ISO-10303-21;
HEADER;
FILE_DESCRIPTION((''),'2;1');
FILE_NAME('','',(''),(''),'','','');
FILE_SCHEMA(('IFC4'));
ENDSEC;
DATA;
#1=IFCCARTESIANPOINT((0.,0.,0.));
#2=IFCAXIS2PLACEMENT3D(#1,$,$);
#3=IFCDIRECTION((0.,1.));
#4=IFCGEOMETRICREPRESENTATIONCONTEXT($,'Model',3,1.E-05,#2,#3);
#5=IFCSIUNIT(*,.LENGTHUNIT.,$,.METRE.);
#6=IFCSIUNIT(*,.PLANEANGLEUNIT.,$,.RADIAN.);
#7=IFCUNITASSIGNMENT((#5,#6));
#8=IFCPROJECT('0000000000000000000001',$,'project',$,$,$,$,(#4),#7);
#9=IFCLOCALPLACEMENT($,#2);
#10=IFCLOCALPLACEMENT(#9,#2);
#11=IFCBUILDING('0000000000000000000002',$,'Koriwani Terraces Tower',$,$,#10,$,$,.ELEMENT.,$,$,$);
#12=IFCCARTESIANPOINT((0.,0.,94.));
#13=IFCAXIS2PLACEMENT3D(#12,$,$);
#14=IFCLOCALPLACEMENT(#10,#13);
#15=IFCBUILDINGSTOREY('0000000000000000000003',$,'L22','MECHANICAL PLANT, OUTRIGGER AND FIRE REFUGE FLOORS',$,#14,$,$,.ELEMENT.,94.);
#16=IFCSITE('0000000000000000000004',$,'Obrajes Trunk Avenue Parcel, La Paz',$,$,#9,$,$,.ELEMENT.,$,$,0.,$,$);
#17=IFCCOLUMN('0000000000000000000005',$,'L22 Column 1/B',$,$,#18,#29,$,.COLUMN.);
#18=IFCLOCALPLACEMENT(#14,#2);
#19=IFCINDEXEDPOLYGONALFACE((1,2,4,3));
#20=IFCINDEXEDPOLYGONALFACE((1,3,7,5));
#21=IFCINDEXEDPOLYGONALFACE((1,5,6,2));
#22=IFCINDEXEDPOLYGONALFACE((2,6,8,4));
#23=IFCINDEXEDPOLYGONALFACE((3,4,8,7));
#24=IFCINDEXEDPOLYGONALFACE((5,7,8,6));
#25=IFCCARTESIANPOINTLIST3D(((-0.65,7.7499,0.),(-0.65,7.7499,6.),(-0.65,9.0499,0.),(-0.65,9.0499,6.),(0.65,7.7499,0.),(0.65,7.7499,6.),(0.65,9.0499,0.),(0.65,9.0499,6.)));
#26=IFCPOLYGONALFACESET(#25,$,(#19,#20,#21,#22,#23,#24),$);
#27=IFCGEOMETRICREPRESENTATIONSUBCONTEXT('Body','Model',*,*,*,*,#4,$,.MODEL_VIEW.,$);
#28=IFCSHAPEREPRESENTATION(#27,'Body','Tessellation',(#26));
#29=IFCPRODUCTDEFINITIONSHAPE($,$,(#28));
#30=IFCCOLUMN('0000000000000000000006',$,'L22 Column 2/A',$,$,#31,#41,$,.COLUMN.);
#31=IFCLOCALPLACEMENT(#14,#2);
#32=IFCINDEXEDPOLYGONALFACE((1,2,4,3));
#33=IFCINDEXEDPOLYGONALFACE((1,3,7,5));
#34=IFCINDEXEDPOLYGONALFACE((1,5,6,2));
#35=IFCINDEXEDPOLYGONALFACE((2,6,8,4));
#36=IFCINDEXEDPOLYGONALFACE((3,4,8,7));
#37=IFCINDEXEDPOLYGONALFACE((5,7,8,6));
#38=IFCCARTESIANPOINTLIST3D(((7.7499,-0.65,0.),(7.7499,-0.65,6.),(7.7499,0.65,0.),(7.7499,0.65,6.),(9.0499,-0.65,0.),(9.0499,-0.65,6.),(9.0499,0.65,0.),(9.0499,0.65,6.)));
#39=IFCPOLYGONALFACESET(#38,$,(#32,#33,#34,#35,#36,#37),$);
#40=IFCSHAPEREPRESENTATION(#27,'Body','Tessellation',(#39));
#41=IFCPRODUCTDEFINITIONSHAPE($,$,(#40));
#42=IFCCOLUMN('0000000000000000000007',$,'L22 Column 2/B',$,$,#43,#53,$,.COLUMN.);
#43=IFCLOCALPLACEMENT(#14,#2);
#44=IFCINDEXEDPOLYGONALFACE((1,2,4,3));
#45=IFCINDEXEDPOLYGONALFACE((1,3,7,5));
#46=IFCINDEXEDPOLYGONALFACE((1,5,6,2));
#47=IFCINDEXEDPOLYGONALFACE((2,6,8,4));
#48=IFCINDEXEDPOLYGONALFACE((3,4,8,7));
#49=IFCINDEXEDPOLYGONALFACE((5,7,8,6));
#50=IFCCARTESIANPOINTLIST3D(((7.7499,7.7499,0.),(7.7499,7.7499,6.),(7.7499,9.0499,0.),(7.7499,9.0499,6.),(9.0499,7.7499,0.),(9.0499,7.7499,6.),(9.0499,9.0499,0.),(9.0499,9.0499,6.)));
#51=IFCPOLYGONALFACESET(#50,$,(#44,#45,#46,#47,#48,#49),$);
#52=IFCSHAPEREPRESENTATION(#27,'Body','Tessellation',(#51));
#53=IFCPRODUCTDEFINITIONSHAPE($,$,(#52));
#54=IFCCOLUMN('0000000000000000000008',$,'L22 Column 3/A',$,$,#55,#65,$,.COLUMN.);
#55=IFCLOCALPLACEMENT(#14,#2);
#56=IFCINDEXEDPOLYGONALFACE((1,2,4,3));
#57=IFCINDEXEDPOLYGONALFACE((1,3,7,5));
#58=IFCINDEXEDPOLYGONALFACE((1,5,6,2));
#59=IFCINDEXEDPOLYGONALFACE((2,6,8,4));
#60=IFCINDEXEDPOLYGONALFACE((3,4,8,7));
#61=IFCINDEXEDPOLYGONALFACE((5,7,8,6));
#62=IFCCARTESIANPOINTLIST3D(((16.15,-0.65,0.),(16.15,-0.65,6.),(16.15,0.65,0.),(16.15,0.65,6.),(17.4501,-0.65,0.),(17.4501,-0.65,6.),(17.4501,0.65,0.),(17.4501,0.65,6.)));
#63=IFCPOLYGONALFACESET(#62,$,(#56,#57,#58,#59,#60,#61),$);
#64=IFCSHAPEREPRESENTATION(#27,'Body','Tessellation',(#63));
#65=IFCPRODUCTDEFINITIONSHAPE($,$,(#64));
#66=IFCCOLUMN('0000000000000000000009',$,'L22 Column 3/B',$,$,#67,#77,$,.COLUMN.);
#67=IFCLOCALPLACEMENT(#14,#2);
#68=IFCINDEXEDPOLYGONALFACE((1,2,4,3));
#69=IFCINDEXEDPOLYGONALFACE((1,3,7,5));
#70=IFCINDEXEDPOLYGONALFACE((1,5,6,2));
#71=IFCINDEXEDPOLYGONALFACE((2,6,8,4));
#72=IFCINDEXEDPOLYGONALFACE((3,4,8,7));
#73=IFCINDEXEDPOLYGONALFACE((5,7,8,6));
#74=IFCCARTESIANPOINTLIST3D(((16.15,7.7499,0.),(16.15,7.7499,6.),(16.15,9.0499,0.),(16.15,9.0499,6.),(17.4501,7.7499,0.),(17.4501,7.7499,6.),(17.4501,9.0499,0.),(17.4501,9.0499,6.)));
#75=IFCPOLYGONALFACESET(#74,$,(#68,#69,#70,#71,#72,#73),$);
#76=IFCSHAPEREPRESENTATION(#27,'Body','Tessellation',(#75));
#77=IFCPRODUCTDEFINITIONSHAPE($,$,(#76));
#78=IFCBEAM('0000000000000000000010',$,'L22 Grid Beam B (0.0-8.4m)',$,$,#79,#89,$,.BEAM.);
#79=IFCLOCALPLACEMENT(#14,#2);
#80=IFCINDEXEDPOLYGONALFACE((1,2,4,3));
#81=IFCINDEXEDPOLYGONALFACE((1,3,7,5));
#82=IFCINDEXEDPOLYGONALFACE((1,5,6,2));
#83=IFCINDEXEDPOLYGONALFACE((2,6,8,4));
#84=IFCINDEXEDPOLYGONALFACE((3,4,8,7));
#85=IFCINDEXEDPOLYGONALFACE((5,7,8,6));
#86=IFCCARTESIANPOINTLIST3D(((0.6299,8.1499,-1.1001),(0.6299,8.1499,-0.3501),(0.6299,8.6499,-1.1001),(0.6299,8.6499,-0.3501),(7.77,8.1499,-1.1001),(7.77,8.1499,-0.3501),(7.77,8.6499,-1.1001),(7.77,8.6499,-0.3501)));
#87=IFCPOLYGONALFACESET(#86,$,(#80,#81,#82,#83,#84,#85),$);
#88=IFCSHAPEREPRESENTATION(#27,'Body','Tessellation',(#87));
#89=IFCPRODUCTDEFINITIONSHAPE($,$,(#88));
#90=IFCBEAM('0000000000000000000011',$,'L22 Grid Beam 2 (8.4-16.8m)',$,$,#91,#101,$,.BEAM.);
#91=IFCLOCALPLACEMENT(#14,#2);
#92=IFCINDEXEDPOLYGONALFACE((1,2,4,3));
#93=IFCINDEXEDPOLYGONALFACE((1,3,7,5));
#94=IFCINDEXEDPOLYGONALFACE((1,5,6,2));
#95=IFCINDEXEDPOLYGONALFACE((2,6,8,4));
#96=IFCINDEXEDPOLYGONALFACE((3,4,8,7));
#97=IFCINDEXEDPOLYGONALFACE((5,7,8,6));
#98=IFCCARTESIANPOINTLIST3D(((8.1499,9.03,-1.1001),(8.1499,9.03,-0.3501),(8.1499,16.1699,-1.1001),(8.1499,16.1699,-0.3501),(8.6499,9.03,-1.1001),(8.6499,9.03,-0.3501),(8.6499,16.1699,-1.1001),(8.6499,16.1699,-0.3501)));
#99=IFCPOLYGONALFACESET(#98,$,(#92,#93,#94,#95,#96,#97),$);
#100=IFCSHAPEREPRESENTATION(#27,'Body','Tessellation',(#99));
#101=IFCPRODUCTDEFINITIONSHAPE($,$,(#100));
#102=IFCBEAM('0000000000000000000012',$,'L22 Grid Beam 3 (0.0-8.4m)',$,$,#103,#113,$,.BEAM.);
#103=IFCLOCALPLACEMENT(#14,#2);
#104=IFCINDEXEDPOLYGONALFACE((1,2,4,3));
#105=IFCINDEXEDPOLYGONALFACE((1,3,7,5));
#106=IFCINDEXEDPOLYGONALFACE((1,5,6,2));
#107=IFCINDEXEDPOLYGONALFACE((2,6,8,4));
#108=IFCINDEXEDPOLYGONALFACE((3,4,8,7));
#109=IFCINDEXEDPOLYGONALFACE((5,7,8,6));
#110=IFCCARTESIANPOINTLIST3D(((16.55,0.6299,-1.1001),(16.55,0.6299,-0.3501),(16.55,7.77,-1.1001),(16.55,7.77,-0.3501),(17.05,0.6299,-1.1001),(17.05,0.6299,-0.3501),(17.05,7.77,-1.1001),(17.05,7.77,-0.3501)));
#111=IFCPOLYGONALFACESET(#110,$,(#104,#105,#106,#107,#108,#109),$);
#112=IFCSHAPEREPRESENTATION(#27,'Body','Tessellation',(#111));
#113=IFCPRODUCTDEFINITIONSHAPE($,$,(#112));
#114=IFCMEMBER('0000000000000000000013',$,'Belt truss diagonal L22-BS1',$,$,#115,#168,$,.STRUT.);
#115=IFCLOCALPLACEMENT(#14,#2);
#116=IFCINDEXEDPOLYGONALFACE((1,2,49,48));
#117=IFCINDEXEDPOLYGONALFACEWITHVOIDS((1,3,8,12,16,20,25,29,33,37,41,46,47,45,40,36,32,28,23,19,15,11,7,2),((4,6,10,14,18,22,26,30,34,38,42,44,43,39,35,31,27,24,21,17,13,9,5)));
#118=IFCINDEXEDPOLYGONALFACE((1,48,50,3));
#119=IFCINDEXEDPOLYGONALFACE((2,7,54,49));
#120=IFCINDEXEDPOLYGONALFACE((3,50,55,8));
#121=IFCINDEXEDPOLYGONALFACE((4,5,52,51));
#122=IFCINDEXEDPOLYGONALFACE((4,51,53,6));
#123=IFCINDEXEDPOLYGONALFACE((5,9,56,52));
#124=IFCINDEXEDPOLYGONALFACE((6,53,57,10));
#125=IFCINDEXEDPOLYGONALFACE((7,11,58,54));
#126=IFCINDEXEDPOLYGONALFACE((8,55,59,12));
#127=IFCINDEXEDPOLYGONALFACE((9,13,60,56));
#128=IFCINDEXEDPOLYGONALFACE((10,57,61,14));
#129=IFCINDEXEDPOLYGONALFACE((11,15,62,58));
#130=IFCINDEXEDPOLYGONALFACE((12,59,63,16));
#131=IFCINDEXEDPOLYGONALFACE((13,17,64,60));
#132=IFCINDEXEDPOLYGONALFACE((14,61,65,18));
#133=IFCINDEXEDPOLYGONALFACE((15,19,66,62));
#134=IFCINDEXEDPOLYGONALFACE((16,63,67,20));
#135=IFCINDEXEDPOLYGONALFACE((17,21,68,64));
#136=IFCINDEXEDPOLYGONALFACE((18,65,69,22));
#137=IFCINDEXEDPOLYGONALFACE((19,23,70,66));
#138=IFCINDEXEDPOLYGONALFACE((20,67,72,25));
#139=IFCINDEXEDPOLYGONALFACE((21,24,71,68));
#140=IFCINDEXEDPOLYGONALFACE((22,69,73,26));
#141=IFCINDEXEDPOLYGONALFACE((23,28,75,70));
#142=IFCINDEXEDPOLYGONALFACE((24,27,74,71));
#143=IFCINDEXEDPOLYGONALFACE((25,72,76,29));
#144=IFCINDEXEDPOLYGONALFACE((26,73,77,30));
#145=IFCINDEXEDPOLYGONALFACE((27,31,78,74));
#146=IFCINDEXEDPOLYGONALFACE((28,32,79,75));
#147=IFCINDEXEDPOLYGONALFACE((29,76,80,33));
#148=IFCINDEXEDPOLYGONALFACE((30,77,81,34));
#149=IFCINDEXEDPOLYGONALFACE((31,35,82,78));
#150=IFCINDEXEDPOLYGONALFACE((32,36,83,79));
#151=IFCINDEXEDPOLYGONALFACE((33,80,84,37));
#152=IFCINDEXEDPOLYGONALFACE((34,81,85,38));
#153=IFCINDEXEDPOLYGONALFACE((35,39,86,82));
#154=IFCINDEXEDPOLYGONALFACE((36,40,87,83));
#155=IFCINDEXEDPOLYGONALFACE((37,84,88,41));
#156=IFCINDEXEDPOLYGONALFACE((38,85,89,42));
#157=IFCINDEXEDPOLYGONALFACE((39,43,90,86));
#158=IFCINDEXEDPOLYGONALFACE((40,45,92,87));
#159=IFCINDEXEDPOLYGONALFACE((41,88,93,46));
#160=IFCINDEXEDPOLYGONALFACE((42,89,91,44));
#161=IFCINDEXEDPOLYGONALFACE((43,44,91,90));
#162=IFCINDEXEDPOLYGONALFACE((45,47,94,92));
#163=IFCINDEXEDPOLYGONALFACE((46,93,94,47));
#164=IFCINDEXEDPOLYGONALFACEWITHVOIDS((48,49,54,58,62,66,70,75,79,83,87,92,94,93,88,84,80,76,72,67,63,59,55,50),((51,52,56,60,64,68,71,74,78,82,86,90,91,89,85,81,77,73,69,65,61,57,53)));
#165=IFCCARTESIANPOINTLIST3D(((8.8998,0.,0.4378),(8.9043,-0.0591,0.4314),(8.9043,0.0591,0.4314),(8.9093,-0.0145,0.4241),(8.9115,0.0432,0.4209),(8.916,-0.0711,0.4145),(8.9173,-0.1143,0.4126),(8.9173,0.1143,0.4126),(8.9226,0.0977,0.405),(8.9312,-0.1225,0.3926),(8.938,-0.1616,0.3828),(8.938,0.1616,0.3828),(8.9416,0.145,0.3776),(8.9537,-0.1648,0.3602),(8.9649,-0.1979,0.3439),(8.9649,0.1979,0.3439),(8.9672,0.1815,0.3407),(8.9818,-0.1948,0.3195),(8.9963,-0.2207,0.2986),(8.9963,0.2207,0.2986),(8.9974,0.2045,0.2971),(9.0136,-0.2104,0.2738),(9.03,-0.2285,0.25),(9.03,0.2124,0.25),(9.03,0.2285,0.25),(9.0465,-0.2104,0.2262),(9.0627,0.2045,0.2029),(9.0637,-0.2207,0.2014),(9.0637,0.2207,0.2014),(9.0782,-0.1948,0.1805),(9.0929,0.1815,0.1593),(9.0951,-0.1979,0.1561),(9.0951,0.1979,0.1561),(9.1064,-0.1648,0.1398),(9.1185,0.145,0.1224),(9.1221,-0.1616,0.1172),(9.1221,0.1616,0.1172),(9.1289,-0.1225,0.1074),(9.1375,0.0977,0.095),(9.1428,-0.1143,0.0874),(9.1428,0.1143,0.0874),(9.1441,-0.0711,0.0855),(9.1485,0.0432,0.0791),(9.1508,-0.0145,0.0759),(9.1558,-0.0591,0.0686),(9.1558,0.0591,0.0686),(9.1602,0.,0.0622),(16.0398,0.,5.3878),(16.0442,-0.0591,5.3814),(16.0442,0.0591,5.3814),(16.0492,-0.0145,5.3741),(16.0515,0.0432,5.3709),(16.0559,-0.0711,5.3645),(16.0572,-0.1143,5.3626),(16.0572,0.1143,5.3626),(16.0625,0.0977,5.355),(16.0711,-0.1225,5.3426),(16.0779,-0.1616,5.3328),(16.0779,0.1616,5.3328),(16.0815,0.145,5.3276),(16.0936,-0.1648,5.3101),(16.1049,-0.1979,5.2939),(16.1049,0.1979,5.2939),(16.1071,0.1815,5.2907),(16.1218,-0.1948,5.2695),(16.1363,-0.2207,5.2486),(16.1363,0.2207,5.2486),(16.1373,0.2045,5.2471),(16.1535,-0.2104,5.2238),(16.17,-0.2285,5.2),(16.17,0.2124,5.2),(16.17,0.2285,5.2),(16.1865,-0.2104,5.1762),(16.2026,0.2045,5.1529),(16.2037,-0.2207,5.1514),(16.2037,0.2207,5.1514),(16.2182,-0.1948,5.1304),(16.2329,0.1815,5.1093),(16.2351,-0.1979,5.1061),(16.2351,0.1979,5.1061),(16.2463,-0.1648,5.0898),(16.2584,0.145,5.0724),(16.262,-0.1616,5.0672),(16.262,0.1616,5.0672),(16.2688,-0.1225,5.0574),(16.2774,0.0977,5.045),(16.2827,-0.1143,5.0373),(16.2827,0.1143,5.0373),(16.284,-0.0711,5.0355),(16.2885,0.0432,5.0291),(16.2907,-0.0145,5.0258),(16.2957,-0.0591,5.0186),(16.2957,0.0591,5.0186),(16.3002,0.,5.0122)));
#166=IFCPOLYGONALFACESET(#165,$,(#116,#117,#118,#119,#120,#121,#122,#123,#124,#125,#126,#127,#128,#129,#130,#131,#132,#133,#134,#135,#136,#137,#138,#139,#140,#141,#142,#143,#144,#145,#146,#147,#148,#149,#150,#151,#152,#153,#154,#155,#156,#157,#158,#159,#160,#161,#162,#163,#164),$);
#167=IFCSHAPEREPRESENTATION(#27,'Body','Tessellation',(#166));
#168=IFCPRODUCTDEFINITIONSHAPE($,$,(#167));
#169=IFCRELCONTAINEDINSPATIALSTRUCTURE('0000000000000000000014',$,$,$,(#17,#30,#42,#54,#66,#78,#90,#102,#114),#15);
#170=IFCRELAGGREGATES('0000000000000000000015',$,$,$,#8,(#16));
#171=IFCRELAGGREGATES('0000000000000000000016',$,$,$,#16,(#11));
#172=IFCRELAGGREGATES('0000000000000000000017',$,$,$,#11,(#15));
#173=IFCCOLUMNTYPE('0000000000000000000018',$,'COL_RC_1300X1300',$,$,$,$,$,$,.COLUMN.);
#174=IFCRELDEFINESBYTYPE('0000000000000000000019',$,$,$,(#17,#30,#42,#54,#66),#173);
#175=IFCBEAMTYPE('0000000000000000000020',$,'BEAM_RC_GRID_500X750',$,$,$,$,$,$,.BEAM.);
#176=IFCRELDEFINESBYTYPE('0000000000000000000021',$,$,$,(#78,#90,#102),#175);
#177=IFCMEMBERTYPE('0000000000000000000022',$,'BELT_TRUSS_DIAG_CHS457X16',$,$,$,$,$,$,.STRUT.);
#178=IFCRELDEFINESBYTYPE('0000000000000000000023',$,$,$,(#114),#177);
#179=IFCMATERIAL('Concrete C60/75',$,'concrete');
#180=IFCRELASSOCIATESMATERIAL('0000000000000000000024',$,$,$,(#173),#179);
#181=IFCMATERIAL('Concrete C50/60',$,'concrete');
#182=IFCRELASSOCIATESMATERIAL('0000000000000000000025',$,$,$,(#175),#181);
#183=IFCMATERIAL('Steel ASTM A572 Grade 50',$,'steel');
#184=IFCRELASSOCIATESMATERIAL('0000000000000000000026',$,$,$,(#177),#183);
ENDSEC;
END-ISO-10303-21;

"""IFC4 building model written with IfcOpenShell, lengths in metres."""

from ifc_helpers import new_model, si_unit, direction, frame, origin, origin_2d, place, context, subcontext, project, spatial, rectangle, hollow_circle, extrude, material, material_profile, profile_set, type_object, element, save


model = new_model("IFC4")

# Units and contexts
model_context = context("Model", 3, precision=1e-05, world=origin(), true_north=direction((0.0, 1.0)))
body_context = subcontext(model_context, "Body", "Model", "MODEL_VIEW")
ifc_project = project(units=[si_unit("LENGTHUNIT", "METRE"), si_unit("PLANEANGLEUNIT", "RADIAN")], contexts=[model_context])

# Site, building, storey
site_placement = place(None, origin())
site = spatial("IfcSite", under=ifc_project, at=site_placement, Name="Obrajes Trunk Avenue Parcel, La Paz", CompositionType="ELEMENT", RefElevation=0.0)
building_placement = place(site_placement, origin())
building = spatial("IfcBuilding", under=site, at=building_placement, Name="Koriwani Terraces Tower", CompositionType="ELEMENT")
storey_placement = place(building_placement, frame((0.0, 0.0, 94.0)))
storey = spatial("IfcBuildingStorey", under=building, at=storey_placement, Name="L22", Description="MECHANICAL PLANT, OUTRIGGER AND FIRE REFUGE FLOORS", CompositionType="ELEMENT", Elevation=94.0)

# Columns
ifc_material_1 = material(Name="Concrete C60/75", Category="concrete")
ifc_material_profile_1 = material_profile(ifc_material_1, rectangle(XDim=1.3, YDim=1.3, at=origin_2d()), Name="Concrete C60/75", Category="LoadBearing")
ifc_profile_set_1 = profile_set([ifc_material_profile_1], Name="Concrete C60/75")
column_type = type_object("IfcColumnType", Name="COL_RC_1300X1300", PredefinedType="COLUMN", material=ifc_profile_set_1)
for number, where, z_axis, x_axis, name in (
    (1, (0.0, 8.3999, 0.0), (0.0, 0.0, 1.0), (1.0, 0.0, 0.0), "L22 Column 1/B"),
    (2, (8.3999, 0.0, 0.0), (0.0, 0.0, 1.0), (1.0, 0.0, 0.0), "L22 Column 2/A"),
    (3, (8.3999, 8.3999, 0.0), (0.0, 0.0, 1.0), (1.0, 0.0, 0.0), "L22 Column 2/B"),
    (4, (16.8, 0.0, 0.0), (0.0, 0.0, 1.0), (1.0, 0.0, 0.0), "L22 Column 3/A"),
    (5, (16.8, 8.3999, 0.0), (0.0, 0.0, 1.0), (1.0, 0.0, 0.0), "L22 Column 3/B"),
):
    element("IfcColumn", number, at=place(storey_placement, frame(where, z_axis=z_axis, x_axis=x_axis)), inside=storey, type_object=column_type, Name=name, PredefinedType="COLUMN", context=body_context, shape_type="SweptSolid", body=[
        extrude(rectangle(XDim=1.3, YDim=1.3, at=origin_2d()), origin(), (0.0, 0.0, 1.0), 6.0),
    ])

# Beams
ifc_material_2 = material(Name="Concrete C50/60", Category="concrete")
ifc_material_profile_2 = material_profile(ifc_material_2, rectangle(XDim=0.5, YDim=0.75, at=origin_2d()), Name="Concrete C50/60", Category="LoadBearing")
ifc_profile_set_2 = profile_set([ifc_material_profile_2], Name="Concrete C50/60")
beam_type_1 = type_object("IfcBeamType", Name="BEAM_RC_GRID_500X750", PredefinedType="BEAM", material=ifc_profile_set_2)
beam_1_placement = place(storey_placement, frame((0.6299, 8.3999, -0.7251), z_axis=(1.0, 0.0, 0.0), x_axis=(0.0, 1.0, 0.0)))
element("IfcBeam", 6, at=beam_1_placement, inside=storey, type_object=beam_type_1, Name="L22 Grid Beam B (0.0-8.4m)", PredefinedType="BEAM", context=body_context, shape_type="SweptSolid", body=[
    extrude(rectangle(XDim=0.5, YDim=0.75, at=origin_2d()), origin(), (0.0, 0.0, 1.0), 7.1401),
])
beam_2_placement = place(storey_placement, frame((8.3999, 9.03, -0.7251), z_axis=(0.0, 1.0, 0.0), x_axis=(-1.0, 0.0, 0.0)))
element("IfcBeam", 7, at=beam_2_placement, inside=storey, type_object=beam_type_1, Name="L22 Grid Beam 2 (8.4-16.8m)", PredefinedType="BEAM", context=body_context, shape_type="SweptSolid", body=[
    extrude(rectangle(XDim=0.5, YDim=0.75, at=origin_2d()), origin(), (0.0, 0.0, 1.0), 7.1399),
])
beam_3_placement = place(storey_placement, frame((16.8, 0.6299, -0.7251), z_axis=(0.0, 1.0, 0.0), x_axis=(-1.0, 0.0, 0.0)))
element("IfcBeam", 8, at=beam_3_placement, inside=storey, type_object=beam_type_1, Name="L22 Grid Beam 3 (0.0-8.4m)", PredefinedType="BEAM", context=body_context, shape_type="SweptSolid", body=[
    extrude(rectangle(XDim=0.5, YDim=0.75, at=origin_2d()), origin(), (0.0, 0.0, 1.0), 7.1401),
])

# Member
ifc_material_3 = material(Name="Steel ASTM A572 Grade 50", Category="steel")
ifc_material_profile_3 = material_profile(ifc_material_3, hollow_circle(Radius=0.2285, WallThickness=0.0161, at=origin_2d()), Name="Steel ASTM A572 Grade 50", Category="LoadBearing")
ifc_profile_set_3 = profile_set([ifc_material_profile_3], Name="Steel ASTM A572 Grade 50")
member_type = type_object("IfcMemberType", Name="BELT_TRUSS_DIAG_CHS457X16", PredefinedType="STRUT", material=ifc_profile_set_3)
for number, where, z_axis, x_axis, name in (
    (9, (9.03, 0.0, 0.25), (0.821818, 0.0, 0.569751), (0.0, 1.0, 0.0), "Belt truss diagonal L22-BS1"),
):
    element("IfcMember", number, at=place(storey_placement, frame(where, z_axis=z_axis, x_axis=x_axis)), inside=storey, type_object=member_type, Name=name, PredefinedType="STRUT", context=body_context, shape_type="SweptSolid", body=[
        extrude(hollow_circle(Radius=0.2285, WallThickness=0.0161, at=origin_2d()), origin(), (0.0, 0.0, 1.0), 8.688),
    ])

save(model, "model.ifc")
